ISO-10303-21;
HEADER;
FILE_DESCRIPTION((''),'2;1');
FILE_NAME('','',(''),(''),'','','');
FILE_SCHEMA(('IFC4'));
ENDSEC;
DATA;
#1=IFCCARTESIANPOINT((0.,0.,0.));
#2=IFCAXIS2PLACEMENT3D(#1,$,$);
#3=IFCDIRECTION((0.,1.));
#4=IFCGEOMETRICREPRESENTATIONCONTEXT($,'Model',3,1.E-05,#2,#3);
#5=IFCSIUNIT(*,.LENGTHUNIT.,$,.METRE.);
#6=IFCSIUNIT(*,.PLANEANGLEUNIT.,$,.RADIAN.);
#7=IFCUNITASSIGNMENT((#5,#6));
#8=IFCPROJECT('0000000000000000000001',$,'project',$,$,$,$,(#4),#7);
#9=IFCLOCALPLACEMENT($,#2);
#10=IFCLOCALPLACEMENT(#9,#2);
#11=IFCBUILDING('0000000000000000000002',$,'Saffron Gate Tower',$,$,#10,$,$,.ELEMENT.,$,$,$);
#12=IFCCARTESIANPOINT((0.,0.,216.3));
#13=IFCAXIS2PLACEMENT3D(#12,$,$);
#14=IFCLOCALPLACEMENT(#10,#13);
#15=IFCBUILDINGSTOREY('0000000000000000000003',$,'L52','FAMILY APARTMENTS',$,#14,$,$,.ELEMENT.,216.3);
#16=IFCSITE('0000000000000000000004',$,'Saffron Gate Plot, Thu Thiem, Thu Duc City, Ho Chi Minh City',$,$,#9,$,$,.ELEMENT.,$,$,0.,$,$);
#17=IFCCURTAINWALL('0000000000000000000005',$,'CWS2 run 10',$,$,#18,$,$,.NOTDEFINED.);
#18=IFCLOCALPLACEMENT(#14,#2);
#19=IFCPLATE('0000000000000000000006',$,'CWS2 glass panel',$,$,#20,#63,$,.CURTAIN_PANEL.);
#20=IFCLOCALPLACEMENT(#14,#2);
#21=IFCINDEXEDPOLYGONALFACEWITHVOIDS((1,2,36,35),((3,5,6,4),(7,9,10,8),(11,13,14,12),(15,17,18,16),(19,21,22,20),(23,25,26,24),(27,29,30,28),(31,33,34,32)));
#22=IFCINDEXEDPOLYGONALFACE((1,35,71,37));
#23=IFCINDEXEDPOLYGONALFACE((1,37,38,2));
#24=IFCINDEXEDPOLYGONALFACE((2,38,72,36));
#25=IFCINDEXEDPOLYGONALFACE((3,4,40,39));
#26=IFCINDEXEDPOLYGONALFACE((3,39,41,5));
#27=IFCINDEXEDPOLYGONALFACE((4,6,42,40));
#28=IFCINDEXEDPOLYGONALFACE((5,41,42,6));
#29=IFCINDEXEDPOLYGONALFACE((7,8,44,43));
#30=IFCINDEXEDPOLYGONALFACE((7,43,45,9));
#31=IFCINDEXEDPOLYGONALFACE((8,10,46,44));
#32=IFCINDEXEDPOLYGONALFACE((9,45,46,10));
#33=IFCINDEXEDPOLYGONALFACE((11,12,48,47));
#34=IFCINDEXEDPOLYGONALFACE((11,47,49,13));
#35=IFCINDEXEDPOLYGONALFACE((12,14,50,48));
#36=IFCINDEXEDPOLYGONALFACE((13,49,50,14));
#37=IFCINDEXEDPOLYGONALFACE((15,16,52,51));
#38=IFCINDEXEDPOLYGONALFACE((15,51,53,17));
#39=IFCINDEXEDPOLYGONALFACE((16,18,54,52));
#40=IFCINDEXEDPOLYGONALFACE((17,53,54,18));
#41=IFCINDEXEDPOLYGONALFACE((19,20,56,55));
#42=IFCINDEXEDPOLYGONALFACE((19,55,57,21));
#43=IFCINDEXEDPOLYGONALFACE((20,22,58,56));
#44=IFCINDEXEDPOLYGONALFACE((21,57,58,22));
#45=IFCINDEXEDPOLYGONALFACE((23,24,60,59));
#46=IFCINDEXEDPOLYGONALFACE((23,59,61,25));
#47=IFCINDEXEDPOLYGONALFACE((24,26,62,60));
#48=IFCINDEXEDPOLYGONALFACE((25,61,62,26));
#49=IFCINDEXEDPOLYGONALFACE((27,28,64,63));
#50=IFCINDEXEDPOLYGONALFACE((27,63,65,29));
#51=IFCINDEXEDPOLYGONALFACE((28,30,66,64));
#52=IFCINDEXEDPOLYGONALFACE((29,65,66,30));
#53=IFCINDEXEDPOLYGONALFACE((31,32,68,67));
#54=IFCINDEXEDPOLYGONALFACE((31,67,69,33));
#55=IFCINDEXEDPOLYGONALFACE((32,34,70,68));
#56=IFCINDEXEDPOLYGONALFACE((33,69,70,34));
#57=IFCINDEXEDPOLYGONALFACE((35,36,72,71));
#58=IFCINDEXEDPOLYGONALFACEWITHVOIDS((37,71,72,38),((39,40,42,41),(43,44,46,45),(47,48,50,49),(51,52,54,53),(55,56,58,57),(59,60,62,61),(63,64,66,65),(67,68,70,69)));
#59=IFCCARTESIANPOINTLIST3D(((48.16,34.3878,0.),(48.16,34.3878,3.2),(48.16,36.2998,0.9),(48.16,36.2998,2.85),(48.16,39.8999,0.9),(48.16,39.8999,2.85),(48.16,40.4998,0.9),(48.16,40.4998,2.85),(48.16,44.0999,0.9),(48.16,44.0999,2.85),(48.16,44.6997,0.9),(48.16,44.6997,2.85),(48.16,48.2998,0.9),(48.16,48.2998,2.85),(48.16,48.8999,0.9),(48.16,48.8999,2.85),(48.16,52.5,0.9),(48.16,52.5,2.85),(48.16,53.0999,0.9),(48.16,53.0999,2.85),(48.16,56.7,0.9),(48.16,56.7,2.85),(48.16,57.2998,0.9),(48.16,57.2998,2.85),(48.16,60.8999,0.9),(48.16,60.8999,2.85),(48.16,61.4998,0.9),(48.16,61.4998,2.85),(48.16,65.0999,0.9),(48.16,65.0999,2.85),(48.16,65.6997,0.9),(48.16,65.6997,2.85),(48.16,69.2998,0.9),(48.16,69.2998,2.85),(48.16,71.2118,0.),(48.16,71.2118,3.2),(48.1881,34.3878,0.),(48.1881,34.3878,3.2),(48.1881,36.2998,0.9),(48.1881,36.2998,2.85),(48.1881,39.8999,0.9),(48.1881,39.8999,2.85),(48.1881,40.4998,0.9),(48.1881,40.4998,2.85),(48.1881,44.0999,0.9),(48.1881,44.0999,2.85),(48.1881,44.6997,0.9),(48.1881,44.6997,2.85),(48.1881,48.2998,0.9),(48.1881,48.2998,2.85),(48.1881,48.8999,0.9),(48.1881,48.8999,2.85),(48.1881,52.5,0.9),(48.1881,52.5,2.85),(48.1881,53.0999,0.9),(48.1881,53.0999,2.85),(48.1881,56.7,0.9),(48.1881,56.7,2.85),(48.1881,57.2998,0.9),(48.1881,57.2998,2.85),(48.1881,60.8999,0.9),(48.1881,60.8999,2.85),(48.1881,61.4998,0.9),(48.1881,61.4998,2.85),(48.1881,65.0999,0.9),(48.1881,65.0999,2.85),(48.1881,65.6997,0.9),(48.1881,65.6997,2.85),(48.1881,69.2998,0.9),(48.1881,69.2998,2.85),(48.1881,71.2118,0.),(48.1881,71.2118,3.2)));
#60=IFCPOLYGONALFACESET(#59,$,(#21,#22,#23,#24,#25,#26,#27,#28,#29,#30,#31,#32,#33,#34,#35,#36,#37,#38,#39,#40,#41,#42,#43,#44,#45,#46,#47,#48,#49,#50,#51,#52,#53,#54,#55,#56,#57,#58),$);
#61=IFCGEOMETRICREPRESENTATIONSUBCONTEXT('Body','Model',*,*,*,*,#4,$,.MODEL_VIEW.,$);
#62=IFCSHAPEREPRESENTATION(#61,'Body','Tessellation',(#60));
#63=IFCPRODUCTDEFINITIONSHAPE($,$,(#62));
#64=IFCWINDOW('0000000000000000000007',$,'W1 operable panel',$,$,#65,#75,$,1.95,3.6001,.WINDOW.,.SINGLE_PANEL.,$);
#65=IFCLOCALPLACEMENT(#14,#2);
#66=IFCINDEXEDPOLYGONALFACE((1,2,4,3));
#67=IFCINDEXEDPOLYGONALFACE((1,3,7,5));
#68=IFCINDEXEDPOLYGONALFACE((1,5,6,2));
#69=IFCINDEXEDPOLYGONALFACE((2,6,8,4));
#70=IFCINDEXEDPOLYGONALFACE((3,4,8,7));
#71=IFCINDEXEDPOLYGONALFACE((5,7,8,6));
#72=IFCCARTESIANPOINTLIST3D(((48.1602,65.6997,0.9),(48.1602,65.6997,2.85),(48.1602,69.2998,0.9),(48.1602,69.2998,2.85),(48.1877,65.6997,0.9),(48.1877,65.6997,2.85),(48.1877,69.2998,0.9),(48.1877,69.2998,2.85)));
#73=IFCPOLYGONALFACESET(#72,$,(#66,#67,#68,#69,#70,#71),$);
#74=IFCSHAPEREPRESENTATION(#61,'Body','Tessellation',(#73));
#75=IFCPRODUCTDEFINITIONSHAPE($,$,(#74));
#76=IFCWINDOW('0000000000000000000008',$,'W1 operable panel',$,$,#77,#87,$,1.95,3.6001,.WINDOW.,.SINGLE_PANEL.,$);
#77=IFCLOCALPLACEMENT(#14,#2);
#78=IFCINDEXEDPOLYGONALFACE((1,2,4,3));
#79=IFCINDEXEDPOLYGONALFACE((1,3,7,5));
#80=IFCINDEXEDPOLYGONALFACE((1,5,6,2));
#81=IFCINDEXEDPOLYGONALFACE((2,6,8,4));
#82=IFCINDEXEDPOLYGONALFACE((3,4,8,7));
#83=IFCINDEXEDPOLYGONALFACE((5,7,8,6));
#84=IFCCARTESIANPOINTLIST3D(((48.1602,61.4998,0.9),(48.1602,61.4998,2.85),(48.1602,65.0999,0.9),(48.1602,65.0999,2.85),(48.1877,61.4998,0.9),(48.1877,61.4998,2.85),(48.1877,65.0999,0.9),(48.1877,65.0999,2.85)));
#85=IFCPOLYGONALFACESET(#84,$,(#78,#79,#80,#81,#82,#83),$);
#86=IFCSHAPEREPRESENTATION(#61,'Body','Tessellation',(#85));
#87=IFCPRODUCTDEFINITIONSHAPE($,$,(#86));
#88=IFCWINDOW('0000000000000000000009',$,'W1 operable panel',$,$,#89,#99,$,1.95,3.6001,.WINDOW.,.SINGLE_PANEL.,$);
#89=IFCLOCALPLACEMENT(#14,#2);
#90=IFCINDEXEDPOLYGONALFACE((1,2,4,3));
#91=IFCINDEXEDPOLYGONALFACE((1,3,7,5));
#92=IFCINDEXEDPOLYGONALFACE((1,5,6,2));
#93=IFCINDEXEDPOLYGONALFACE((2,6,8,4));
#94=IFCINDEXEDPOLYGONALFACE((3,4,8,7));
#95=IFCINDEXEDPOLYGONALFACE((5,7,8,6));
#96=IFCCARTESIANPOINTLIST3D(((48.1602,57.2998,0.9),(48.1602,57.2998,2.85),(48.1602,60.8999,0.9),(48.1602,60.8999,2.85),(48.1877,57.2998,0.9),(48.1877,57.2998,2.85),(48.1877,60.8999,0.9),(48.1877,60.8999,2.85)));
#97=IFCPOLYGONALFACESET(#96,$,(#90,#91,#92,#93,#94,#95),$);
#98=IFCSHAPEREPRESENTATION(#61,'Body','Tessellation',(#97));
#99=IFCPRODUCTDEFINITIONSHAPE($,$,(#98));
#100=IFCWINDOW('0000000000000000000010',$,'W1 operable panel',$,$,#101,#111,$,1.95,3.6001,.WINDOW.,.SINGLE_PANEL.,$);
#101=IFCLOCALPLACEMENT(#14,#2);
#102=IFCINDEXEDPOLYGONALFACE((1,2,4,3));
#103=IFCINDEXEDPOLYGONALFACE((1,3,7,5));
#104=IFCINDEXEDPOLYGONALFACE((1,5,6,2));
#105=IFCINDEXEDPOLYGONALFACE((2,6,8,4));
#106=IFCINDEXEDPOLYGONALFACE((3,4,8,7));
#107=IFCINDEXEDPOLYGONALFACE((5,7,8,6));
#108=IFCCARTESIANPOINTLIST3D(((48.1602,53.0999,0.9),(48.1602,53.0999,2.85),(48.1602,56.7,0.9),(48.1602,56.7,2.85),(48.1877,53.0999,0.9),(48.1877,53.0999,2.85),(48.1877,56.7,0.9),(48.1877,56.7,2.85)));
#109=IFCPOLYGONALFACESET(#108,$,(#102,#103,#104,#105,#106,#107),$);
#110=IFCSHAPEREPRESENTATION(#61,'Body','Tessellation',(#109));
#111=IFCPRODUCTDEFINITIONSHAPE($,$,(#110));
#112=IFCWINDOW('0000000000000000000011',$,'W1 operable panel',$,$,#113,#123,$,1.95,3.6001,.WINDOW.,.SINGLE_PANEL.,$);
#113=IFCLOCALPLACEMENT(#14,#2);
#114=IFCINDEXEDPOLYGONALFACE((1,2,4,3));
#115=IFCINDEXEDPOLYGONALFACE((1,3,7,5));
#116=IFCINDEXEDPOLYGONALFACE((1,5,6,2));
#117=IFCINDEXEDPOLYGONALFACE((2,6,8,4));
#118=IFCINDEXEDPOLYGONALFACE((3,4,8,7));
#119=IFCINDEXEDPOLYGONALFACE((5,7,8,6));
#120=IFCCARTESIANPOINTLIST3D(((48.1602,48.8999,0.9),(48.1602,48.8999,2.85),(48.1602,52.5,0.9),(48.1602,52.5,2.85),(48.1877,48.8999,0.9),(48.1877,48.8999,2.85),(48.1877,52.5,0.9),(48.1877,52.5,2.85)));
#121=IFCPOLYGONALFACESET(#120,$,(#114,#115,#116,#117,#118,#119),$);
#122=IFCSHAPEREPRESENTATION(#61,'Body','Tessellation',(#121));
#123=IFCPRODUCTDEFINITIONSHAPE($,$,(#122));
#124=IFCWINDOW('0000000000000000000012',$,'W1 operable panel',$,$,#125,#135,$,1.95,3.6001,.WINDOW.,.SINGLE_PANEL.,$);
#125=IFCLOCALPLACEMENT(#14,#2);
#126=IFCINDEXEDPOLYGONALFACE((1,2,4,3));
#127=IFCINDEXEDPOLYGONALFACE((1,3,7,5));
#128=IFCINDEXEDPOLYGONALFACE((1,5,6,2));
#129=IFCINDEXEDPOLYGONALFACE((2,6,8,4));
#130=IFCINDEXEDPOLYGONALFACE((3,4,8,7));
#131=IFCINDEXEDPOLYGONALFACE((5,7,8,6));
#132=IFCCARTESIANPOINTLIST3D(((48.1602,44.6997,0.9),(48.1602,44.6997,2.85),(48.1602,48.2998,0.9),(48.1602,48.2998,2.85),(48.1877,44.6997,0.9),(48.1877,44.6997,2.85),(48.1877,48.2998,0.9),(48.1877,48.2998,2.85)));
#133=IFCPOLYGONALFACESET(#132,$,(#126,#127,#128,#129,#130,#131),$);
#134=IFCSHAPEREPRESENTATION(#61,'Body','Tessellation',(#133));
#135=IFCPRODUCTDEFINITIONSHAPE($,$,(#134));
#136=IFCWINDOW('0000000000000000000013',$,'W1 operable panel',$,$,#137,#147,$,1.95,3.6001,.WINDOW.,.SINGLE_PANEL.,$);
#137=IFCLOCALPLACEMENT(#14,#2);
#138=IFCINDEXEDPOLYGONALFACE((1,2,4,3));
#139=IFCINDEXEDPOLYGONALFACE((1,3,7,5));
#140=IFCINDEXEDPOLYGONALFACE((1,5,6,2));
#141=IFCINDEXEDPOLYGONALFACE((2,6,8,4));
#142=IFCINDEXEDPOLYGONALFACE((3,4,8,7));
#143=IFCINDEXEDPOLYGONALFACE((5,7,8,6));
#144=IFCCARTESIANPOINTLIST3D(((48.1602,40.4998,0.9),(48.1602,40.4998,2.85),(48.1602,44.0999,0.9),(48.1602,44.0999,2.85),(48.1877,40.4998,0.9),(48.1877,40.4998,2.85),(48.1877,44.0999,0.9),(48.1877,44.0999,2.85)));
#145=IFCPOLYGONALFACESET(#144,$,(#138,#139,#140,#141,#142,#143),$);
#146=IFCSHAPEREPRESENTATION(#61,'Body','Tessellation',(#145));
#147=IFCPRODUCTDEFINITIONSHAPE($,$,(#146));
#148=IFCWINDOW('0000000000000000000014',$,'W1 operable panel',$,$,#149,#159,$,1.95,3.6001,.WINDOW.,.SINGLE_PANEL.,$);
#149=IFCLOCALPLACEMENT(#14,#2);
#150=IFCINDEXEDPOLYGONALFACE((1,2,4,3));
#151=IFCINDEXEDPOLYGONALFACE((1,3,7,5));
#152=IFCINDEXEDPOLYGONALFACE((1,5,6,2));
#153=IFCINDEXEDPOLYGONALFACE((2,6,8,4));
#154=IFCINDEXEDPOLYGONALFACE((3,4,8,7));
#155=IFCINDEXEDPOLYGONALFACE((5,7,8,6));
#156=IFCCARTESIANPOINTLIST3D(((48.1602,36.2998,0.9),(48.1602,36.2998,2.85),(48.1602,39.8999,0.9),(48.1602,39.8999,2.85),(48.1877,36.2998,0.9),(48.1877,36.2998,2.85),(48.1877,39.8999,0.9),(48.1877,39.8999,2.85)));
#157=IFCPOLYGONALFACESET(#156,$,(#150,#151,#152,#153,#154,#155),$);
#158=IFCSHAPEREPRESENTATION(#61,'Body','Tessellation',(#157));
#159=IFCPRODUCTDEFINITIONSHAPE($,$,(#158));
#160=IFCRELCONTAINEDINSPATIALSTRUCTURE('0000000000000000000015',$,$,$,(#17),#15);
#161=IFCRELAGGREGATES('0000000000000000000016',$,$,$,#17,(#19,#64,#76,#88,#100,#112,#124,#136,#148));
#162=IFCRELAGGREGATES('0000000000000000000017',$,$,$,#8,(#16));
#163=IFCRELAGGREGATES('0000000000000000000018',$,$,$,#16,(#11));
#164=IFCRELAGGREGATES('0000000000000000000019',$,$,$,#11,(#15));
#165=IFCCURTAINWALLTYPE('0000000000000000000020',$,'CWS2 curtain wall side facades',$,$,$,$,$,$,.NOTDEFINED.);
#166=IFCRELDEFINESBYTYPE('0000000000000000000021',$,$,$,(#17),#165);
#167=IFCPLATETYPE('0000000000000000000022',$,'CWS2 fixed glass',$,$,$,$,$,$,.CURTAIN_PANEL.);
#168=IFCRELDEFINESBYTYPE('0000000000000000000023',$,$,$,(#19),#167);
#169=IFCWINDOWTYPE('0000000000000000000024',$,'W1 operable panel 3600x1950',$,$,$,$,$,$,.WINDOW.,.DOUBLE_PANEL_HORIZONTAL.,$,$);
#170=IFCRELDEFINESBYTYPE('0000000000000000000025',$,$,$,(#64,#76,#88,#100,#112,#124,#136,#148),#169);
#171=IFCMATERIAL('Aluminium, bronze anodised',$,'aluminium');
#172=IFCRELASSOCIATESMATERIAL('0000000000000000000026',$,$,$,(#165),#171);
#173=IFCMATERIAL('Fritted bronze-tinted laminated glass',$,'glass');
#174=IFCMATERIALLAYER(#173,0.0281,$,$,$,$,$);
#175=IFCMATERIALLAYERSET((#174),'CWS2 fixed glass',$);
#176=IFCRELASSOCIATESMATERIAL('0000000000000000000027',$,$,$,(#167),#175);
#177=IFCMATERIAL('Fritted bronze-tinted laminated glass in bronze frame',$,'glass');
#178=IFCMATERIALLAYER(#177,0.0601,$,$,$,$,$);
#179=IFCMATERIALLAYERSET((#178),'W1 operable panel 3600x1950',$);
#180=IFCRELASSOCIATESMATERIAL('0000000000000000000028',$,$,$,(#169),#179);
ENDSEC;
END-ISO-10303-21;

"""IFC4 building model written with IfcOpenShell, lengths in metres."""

from ifc_helpers import new_model, si_unit, direction, frame, frame_2d, origin, place, context, subcontext, project, spatial, rectangle, extrude, material, layer, layer_set, type_object, element, fill, aggregate, save


model = new_model("IFC4")

# Units and contexts
model_context = context("Model", 3, precision=1e-05, world=origin(), true_north=direction((0.0, 1.0)))
body_context = subcontext(model_context, "Body", "Model", "MODEL_VIEW")
ifc_project = project(units=[si_unit("LENGTHUNIT", "METRE"), si_unit("PLANEANGLEUNIT", "RADIAN")], contexts=[model_context])

# Site, building, storey
site_placement = place(None, origin())
site = spatial("IfcSite", under=ifc_project, at=site_placement, Name="Saffron Gate Plot, Thu Thiem, Thu Duc City, Ho Chi Minh City", CompositionType="ELEMENT", RefElevation=0.0)
building_placement = place(site_placement, origin())
building = spatial("IfcBuilding", under=site, at=building_placement, Name="Saffron Gate Tower", CompositionType="ELEMENT")
storey_placement = place(building_placement, frame((0.0, 0.0, 216.3)))
storey = spatial("IfcBuildingStorey", under=building, at=storey_placement, Name="L52", Description="FAMILY APARTMENTS", CompositionType="ELEMENT", Elevation=216.3)

# Curtain wall
ifc_material_1 = material(Name="Aluminium, bronze anodised", Category="aluminium")
curtain_wall_type_1 = type_object("IfcCurtainWallType", Name="CWS2 curtain wall side facades", PredefinedType="NOTDEFINED", material=ifc_material_1)
curtain_wall_1_placement = place(storey_placement, origin())
curtain_wall_1 = element("IfcCurtainWall", 1, at=curtain_wall_1_placement, inside=storey, type_object=curtain_wall_type_1, Name="CWS2 run 10", PredefinedType="NOTDEFINED")

# Plate, openings, windows
ifc_material_2 = material(Name="Fritted bronze-tinted laminated glass", Category="glass")
ifc_layer_1 = layer(ifc_material_2, 0.0281)
ifc_layer_set_1 = layer_set([ifc_layer_1], Name="CWS2 fixed glass")
plate_type = type_object("IfcPlateType", Name="CWS2 fixed glass", PredefinedType="CURTAIN_PANEL", material=ifc_layer_set_1)
plate_placement = place(storey_placement, frame((48.1741, 71.2119, 0.0), z_axis=(0.0, 0.0, 1.0), x_axis=(0.0, -1.0, 0.0)))
plate = element("IfcPlate", 2, at=plate_placement, type_object=plate_type, Name="CWS2 glass panel", PredefinedType="CURTAIN_PANEL", context=body_context, shape_type="SweptSolid", body=[
    extrude(rectangle(XDim=36.824, YDim=0.0281, at=frame_2d((18.4121, 0.0))), origin(), (0.0, 0.0, 1.0), 3.2),
])
opening_1_placement = place(plate_placement, frame((1.9121, 0.0, 0.8999)))
opening_1 = element("IfcOpeningElement", 3, at=opening_1_placement, cuts=plate, PredefinedType="OPENING", context=body_context, shape_type="SweptSolid", body=[
    extrude(rectangle(XDim=3.6001, YDim=1.95, at=frame_2d((1.8, 0.9751))), frame((0.0, 0.0239, 0.0), z_axis=(0.0, -1.0, 0.0), x_axis=(1.0, 0.0, 0.0)), (0.0, 0.0, 1.0), 0.0481),
])
opening_2_placement = place(plate_placement, frame((6.1121, 0.0, 0.8999)))
opening_2 = element("IfcOpeningElement", 4, at=opening_2_placement, cuts=plate, PredefinedType="OPENING", context=body_context, shape_type="SweptSolid", body=[
    extrude(rectangle(XDim=3.6001, YDim=1.95, at=frame_2d((1.8, 0.9751))), frame((0.0, 0.0239, 0.0), z_axis=(0.0, -1.0, 0.0), x_axis=(1.0, 0.0, 0.0)), (0.0, 0.0, 1.0), 0.0481),
])
opening_3_placement = place(plate_placement, frame((10.312, 0.0, 0.8999)))
opening_3 = element("IfcOpeningElement", 5, at=opening_3_placement, cuts=plate, PredefinedType="OPENING", context=body_context, shape_type="SweptSolid", body=[
    extrude(rectangle(XDim=3.6001, YDim=1.95, at=frame_2d((1.8, 0.9751))), frame((0.0, 0.0239, 0.0), z_axis=(0.0, -1.0, 0.0), x_axis=(1.0, 0.0, 0.0)), (0.0, 0.0, 1.0), 0.0481),
])
opening_4_placement = place(plate_placement, frame((14.512, 0.0, 0.8999)))
opening_4 = element("IfcOpeningElement", 6, at=opening_4_placement, cuts=plate, PredefinedType="OPENING", context=body_context, shape_type="SweptSolid", body=[
    extrude(rectangle(XDim=3.6001, YDim=1.95, at=frame_2d((1.8, 0.9751))), frame((0.0, 0.0239, 0.0), z_axis=(0.0, -1.0, 0.0), x_axis=(1.0, 0.0, 0.0)), (0.0, 0.0, 1.0), 0.0481),
])
opening_5_placement = place(plate_placement, frame((18.7119, 0.0, 0.8999)))
opening_5 = element("IfcOpeningElement", 7, at=opening_5_placement, cuts=plate, PredefinedType="OPENING", context=body_context, shape_type="SweptSolid", body=[
    extrude(rectangle(XDim=3.6001, YDim=1.95, at=frame_2d((1.8, 0.9751))), frame((0.0, 0.0239, 0.0), z_axis=(0.0, -1.0, 0.0), x_axis=(1.0, 0.0, 0.0)), (0.0, 0.0, 1.0), 0.0481),
])
opening_6_placement = place(plate_placement, frame((22.9121, 0.0, 0.8999)))
opening_6 = element("IfcOpeningElement", 8, at=opening_6_placement, cuts=plate, PredefinedType="OPENING", context=body_context, shape_type="SweptSolid", body=[
    extrude(rectangle(XDim=3.6001, YDim=1.95, at=frame_2d((1.8, 0.9751))), frame((0.0, 0.0239, 0.0), z_axis=(0.0, -1.0, 0.0), x_axis=(1.0, 0.0, 0.0)), (0.0, 0.0, 1.0), 0.0481),
])
opening_7_placement = place(plate_placement, frame((27.1121, 0.0, 0.8999)))
opening_7 = element("IfcOpeningElement", 9, at=opening_7_placement, cuts=plate, PredefinedType="OPENING", context=body_context, shape_type="SweptSolid", body=[
    extrude(rectangle(XDim=3.6001, YDim=1.95, at=frame_2d((1.8, 0.9751))), frame((0.0, 0.0239, 0.0), z_axis=(0.0, -1.0, 0.0), x_axis=(1.0, 0.0, 0.0)), (0.0, 0.0, 1.0), 0.0481),
])
opening_8_placement = place(plate_placement, frame((31.312, 0.0, 0.8999)))
opening_8 = element("IfcOpeningElement", 10, at=opening_8_placement, cuts=plate, PredefinedType="OPENING", context=body_context, shape_type="SweptSolid", body=[
    extrude(rectangle(XDim=3.6001, YDim=1.95, at=frame_2d((1.8, 0.9751))), frame((0.0, 0.0239, 0.0), z_axis=(0.0, -1.0, 0.0), x_axis=(1.0, 0.0, 0.0)), (0.0, 0.0, 1.0), 0.0481),
])
ifc_material_3 = material(Name="Fritted bronze-tinted laminated glass in bronze frame", Category="glass")
ifc_layer_2 = layer(ifc_material_3, 0.0601)
ifc_layer_set_2 = layer_set([ifc_layer_2], Name="W1 operable panel 3600x1950")
window_type = type_object("IfcWindowType", Name="W1 operable panel 3600x1950", PartitioningType="DOUBLE_PANEL_HORIZONTAL", PredefinedType="WINDOW", material=ifc_layer_set_2)
window_1_placement = place(opening_1_placement, origin())
window_1 = element("IfcWindow", 11, at=window_1_placement, type_object=window_type, Name="W1 operable panel", OverallHeight=1.95, OverallWidth=3.6001, PartitioningType="SINGLE_PANEL", PredefinedType="WINDOW", context=body_context, shape_type="SweptSolid", body=[
    extrude(rectangle(XDim=3.6001, YDim=1.95, at=frame_2d((1.8, 0.9751))), frame((0.0, 0.0137, 0.0), z_axis=(0.0, -1.0, 0.0), x_axis=(1.0, 0.0, 0.0)), (0.0, 0.0, 1.0), 0.0276),
])
fill(opening_1, window_1)
window_2_placement = place(opening_2_placement, origin())
window_2 = element("IfcWindow", 12, at=window_2_placement, type_object=window_type, Name="W1 operable panel", OverallHeight=1.95, OverallWidth=3.6001, PartitioningType="SINGLE_PANEL", PredefinedType="WINDOW", context=body_context, shape_type="SweptSolid", body=[
    extrude(rectangle(XDim=3.6001, YDim=1.95, at=frame_2d((1.8, 0.9751))), frame((0.0, 0.0137, 0.0), z_axis=(0.0, -1.0, 0.0), x_axis=(1.0, 0.0, 0.0)), (0.0, 0.0, 1.0), 0.0276),
])
fill(opening_2, window_2)
window_3_placement = place(opening_3_placement, origin())
window_3 = element("IfcWindow", 13, at=window_3_placement, type_object=window_type, Name="W1 operable panel", OverallHeight=1.95, OverallWidth=3.6001, PartitioningType="SINGLE_PANEL", PredefinedType="WINDOW", context=body_context, shape_type="SweptSolid", body=[
    extrude(rectangle(XDim=3.6001, YDim=1.95, at=frame_2d((1.8, 0.9751))), frame((0.0, 0.0137, 0.0), z_axis=(0.0, -1.0, 0.0), x_axis=(1.0, 0.0, 0.0)), (0.0, 0.0, 1.0), 0.0276),
])
fill(opening_3, window_3)
window_4_placement = place(opening_4_placement, origin())
window_4 = element("IfcWindow", 14, at=window_4_placement, type_object=window_type, Name="W1 operable panel", OverallHeight=1.95, OverallWidth=3.6001, PartitioningType="SINGLE_PANEL", PredefinedType="WINDOW", context=body_context, shape_type="SweptSolid", body=[
    extrude(rectangle(XDim=3.6001, YDim=1.95, at=frame_2d((1.8, 0.9751))), frame((0.0, 0.0137, 0.0), z_axis=(0.0, -1.0, 0.0), x_axis=(1.0, 0.0, 0.0)), (0.0, 0.0, 1.0), 0.0276),
])
fill(opening_4, window_4)
window_5_placement = place(opening_5_placement, origin())
window_5 = element("IfcWindow", 15, at=window_5_placement, type_object=window_type, Name="W1 operable panel", OverallHeight=1.95, OverallWidth=3.6001, PartitioningType="SINGLE_PANEL", PredefinedType="WINDOW", context=body_context, shape_type="SweptSolid", body=[
    extrude(rectangle(XDim=3.6001, YDim=1.95, at=frame_2d((1.8, 0.9751))), frame((0.0, 0.0137, 0.0), z_axis=(0.0, -1.0, 0.0), x_axis=(1.0, 0.0, 0.0)), (0.0, 0.0, 1.0), 0.0276),
])
fill(opening_5, window_5)
window_6_placement = place(opening_6_placement, origin())
window_6 = element("IfcWindow", 16, at=window_6_placement, type_object=window_type, Name="W1 operable panel", OverallHeight=1.95, OverallWidth=3.6001, PartitioningType="SINGLE_PANEL", PredefinedType="WINDOW", context=body_context, shape_type="SweptSolid", body=[
    extrude(rectangle(XDim=3.6001, YDim=1.95, at=frame_2d((1.8, 0.9751))), frame((0.0, 0.0137, 0.0), z_axis=(0.0, -1.0, 0.0), x_axis=(1.0, 0.0, 0.0)), (0.0, 0.0, 1.0), 0.0276),
])
fill(opening_6, window_6)
window_7_placement = place(opening_7_placement, origin())
window_7 = element("IfcWindow", 17, at=window_7_placement, type_object=window_type, Name="W1 operable panel", OverallHeight=1.95, OverallWidth=3.6001, PartitioningType="SINGLE_PANEL", PredefinedType="WINDOW", context=body_context, shape_type="SweptSolid", body=[
    extrude(rectangle(XDim=3.6001, YDim=1.95, at=frame_2d((1.8, 0.9751))), frame((0.0, 0.0137, 0.0), z_axis=(0.0, -1.0, 0.0), x_axis=(1.0, 0.0, 0.0)), (0.0, 0.0, 1.0), 0.0276),
])
fill(opening_7, window_7)
window_8_placement = place(opening_8_placement, origin())
window_8 = element("IfcWindow", 18, at=window_8_placement, type_object=window_type, Name="W1 operable panel", OverallHeight=1.95, OverallWidth=3.6001, PartitioningType="SINGLE_PANEL", PredefinedType="WINDOW", context=body_context, shape_type="SweptSolid", body=[
    extrude(rectangle(XDim=3.6001, YDim=1.95, at=frame_2d((1.8, 0.9751))), frame((0.0, 0.0137, 0.0), z_axis=(0.0, -1.0, 0.0), x_axis=(1.0, 0.0, 0.0)), (0.0, 0.0, 1.0), 0.0276),
])
fill(opening_8, window_8)
aggregate(curtain_wall_1, [plate, window_1, window_2, window_3, window_4, window_5, window_6, window_7, window_8])

save(model, "model.ifc")
